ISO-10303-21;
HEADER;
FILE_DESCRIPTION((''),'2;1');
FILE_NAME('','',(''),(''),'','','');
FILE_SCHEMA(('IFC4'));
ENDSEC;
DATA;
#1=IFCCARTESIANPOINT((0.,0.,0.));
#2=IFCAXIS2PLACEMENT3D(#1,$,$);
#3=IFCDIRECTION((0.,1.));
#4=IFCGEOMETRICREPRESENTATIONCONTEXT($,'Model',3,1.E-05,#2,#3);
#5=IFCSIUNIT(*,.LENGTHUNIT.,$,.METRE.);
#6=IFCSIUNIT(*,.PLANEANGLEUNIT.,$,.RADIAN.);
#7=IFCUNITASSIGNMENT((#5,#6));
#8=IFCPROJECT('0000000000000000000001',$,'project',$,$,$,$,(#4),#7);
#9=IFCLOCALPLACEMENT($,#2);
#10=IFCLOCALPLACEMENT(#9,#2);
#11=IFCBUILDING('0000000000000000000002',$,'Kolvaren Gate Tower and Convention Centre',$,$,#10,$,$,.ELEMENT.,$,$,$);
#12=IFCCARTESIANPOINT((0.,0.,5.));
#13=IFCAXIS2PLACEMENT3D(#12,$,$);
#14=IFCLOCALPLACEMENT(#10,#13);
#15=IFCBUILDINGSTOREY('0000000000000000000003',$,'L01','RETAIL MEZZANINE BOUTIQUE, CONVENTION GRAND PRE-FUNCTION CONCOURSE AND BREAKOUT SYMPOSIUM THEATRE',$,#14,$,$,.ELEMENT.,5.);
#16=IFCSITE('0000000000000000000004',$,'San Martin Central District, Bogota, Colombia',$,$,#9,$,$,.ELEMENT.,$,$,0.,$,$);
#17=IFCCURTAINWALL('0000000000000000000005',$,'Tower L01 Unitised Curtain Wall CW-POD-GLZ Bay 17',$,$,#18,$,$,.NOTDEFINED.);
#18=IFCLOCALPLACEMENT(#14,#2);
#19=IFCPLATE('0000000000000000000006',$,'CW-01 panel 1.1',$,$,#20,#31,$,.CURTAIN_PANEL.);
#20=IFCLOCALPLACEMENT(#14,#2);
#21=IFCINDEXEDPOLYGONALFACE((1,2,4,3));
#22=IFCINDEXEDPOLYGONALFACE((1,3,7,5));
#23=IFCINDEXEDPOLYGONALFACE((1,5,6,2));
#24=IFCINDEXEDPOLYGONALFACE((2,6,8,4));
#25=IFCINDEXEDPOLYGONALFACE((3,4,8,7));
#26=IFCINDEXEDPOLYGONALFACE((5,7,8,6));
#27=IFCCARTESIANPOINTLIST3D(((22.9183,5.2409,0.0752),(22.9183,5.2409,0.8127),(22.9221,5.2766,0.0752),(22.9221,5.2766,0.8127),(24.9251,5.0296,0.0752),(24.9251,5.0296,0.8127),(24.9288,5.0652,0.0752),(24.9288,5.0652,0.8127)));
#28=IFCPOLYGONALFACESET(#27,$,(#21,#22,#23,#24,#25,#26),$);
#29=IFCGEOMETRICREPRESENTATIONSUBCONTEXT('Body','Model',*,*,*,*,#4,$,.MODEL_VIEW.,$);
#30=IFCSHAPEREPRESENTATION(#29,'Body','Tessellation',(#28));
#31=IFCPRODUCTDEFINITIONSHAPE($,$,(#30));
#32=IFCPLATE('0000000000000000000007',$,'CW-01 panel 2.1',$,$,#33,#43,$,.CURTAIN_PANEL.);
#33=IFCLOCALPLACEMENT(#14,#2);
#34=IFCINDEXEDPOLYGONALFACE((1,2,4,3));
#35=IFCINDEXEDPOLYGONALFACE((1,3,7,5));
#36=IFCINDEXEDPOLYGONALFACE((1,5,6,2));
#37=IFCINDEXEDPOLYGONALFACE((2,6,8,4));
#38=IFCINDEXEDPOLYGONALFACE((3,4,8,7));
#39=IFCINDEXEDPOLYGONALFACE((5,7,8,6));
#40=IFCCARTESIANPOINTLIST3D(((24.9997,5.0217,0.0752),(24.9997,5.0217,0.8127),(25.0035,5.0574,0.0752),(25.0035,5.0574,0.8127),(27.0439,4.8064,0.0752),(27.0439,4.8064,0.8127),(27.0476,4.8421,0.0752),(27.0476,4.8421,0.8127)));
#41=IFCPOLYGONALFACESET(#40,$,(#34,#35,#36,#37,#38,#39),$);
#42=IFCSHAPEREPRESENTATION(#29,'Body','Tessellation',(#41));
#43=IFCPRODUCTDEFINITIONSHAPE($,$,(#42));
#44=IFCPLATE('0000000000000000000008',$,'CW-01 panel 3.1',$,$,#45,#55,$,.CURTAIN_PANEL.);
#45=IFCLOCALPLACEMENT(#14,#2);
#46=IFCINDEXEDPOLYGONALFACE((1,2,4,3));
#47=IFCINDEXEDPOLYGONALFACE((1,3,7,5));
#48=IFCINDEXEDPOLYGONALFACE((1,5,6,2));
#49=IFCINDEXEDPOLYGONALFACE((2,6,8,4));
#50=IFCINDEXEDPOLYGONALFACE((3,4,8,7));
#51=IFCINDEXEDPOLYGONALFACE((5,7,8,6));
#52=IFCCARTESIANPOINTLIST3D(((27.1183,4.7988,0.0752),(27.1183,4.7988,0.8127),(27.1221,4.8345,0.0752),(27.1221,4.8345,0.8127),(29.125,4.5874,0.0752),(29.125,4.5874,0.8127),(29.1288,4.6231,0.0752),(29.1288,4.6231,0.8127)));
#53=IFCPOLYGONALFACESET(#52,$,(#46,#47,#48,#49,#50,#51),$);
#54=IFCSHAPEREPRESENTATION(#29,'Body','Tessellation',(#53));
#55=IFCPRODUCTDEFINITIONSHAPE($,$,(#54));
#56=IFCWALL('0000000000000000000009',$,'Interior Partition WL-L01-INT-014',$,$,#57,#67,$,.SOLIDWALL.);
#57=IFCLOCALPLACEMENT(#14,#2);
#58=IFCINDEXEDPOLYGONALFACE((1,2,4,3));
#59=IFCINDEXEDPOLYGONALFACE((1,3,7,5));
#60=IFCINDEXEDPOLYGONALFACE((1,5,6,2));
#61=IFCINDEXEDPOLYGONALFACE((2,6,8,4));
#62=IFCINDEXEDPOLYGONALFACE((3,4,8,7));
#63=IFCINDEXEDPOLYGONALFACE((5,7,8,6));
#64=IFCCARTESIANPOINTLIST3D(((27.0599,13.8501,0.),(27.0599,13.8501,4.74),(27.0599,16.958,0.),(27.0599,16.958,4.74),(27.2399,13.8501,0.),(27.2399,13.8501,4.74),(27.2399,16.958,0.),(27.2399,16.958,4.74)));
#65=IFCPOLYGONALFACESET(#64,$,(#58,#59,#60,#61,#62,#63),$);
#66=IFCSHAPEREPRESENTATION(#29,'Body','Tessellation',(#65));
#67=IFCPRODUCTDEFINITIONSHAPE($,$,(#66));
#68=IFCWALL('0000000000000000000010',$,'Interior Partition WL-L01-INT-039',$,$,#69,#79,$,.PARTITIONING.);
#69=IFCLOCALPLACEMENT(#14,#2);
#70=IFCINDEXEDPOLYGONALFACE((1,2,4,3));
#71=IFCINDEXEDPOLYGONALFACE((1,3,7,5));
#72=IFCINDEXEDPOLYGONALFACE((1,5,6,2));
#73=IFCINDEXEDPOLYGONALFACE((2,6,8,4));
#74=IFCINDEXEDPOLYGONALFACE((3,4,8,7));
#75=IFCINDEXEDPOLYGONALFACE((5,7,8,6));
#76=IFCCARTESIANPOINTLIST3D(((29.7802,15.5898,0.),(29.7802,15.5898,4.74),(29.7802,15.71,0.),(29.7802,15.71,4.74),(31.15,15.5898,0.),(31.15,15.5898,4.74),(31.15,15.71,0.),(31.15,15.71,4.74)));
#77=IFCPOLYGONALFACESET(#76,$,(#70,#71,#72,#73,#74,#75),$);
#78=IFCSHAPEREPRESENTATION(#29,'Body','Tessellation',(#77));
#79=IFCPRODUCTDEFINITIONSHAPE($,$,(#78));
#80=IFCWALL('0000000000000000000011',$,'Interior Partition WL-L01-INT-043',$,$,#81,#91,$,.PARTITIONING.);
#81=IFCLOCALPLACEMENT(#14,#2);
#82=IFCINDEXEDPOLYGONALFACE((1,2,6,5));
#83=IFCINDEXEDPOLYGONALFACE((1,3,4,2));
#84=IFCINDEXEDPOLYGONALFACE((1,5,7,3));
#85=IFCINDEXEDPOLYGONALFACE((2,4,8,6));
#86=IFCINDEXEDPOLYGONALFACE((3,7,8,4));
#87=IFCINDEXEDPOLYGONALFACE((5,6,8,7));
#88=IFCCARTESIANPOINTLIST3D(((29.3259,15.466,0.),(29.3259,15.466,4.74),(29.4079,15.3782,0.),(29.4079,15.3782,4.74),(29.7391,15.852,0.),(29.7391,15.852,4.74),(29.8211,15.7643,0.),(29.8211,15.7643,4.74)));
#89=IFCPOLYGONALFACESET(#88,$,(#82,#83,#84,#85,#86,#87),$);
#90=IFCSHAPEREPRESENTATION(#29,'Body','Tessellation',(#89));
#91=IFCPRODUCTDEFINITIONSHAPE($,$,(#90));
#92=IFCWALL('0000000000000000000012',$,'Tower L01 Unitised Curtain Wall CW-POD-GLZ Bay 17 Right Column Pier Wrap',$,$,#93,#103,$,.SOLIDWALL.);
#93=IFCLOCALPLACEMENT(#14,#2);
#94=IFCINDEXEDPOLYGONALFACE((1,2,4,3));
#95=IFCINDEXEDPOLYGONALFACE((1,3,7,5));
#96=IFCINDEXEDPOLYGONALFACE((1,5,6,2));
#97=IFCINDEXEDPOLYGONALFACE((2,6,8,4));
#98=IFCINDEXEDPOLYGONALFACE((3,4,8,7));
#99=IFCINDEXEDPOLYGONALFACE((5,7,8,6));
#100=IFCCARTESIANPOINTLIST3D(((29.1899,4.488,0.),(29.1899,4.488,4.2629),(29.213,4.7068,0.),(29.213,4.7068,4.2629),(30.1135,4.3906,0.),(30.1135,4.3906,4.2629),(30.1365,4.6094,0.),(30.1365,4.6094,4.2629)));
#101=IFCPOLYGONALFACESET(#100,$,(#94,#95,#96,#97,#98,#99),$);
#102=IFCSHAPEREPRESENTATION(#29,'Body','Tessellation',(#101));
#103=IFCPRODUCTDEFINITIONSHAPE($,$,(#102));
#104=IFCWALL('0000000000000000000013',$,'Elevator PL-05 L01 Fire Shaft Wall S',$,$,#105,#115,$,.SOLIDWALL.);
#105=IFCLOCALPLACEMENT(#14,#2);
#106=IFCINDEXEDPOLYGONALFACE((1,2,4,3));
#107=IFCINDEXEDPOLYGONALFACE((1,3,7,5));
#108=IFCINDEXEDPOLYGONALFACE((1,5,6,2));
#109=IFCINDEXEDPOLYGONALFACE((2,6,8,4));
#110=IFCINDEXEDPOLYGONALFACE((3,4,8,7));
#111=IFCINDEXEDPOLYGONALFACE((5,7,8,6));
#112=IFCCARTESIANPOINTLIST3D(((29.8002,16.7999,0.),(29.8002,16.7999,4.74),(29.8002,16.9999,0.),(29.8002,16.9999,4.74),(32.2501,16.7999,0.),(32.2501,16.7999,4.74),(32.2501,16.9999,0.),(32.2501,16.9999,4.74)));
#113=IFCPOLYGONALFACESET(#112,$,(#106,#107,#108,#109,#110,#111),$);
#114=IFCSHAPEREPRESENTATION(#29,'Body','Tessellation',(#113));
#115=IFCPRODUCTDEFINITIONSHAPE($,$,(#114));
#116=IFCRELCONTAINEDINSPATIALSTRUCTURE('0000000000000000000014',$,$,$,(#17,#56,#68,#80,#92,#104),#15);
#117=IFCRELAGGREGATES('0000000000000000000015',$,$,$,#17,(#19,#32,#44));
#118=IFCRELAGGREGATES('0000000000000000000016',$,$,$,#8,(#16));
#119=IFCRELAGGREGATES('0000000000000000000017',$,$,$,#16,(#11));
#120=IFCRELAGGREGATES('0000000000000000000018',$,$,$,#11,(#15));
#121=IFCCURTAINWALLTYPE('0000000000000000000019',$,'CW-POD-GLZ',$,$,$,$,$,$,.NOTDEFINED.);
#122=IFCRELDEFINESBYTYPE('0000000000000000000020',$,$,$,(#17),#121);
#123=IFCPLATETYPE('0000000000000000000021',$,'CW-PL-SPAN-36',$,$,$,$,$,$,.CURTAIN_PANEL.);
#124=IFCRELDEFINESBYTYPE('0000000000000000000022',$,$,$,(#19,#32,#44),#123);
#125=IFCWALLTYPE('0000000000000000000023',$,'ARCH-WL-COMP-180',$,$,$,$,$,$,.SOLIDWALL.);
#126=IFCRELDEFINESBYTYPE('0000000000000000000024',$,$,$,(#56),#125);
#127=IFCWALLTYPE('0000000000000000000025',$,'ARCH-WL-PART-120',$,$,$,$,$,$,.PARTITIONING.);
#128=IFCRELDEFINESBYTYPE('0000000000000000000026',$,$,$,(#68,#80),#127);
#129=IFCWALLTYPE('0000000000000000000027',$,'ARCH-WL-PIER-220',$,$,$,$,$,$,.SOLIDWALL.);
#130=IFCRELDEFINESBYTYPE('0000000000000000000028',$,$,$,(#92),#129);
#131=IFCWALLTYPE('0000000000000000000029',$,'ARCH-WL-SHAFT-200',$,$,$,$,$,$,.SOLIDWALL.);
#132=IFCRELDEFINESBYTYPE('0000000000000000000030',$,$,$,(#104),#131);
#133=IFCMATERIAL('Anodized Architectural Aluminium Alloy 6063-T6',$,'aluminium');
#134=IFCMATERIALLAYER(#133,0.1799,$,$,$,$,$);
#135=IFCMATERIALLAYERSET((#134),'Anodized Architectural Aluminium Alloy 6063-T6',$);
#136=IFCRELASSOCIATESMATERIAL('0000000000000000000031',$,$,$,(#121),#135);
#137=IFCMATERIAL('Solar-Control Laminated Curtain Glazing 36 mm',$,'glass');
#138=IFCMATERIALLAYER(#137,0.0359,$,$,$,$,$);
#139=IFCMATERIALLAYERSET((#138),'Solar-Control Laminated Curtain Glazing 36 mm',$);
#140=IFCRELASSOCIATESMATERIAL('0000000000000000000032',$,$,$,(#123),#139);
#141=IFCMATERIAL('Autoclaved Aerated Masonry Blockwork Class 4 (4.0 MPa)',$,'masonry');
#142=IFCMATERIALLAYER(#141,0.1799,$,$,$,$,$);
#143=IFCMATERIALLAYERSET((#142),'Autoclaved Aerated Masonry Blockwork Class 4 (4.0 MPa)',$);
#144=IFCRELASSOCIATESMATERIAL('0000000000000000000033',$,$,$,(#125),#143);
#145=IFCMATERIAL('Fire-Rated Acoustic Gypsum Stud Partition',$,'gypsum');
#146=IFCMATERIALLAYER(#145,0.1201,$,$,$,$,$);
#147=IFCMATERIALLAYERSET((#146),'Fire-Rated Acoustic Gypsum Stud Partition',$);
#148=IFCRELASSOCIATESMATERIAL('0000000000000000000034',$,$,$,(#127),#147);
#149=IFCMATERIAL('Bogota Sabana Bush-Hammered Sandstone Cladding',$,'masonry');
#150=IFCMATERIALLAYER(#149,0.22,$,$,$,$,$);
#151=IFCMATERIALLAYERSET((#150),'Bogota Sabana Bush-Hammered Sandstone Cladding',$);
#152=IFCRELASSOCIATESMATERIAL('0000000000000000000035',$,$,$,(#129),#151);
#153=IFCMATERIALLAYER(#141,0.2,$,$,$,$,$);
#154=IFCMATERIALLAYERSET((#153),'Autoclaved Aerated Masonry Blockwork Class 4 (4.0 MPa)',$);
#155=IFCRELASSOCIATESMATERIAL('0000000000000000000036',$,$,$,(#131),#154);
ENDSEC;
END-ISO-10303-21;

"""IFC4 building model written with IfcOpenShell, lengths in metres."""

from ifc_helpers import new_model, si_unit, direction, frame, frame_2d, origin, origin_2d, place, context, subcontext, project, spatial, rectangle, extrude, material, layer, layer_set, type_object, element, aggregate, save


model = new_model("IFC4")

# Units and contexts
model_context = context("Model", 3, precision=1e-05, world=origin(), true_north=direction((0.0, 1.0)))
body_context = subcontext(model_context, "Body", "Model", "MODEL_VIEW")
ifc_project = project(units=[si_unit("LENGTHUNIT", "METRE"), si_unit("PLANEANGLEUNIT", "RADIAN")], contexts=[model_context])

# Site, building, storey
site_placement = place(None, origin())
site = spatial("IfcSite", under=ifc_project, at=site_placement, Name="San Martin Central District, Bogota, Colombia", CompositionType="ELEMENT", RefElevation=0.0)
building_placement = place(site_placement, origin())
building = spatial("IfcBuilding", under=site, at=building_placement, Name="Kolvaren Gate Tower and Convention Centre", CompositionType="ELEMENT")
storey_placement = place(building_placement, frame((0.0, 0.0, 5.0)))
storey = spatial("IfcBuildingStorey", under=building, at=storey_placement, Name="L01", Description="RETAIL MEZZANINE BOUTIQUE, CONVENTION GRAND PRE-FUNCTION CONCOURSE AND BREAKOUT SYMPOSIUM THEATRE", CompositionType="ELEMENT", Elevation=5.0)

# Curtain wall
ifc_material_1 = material(Name="Anodized Architectural Aluminium Alloy 6063-T6", Category="aluminium")
ifc_layer_1 = layer(ifc_material_1, 0.1799)
ifc_layer_set_1 = layer_set([ifc_layer_1], Name="Anodized Architectural Aluminium Alloy 6063-T6")
curtain_wall_type = type_object("IfcCurtainWallType", Name="CW-POD-GLZ", PredefinedType="NOTDEFINED", material=ifc_layer_set_1)
curtain_wall_placement = place(storey_placement, origin())
curtain_wall = element("IfcCurtainWall", 1, at=curtain_wall_placement, inside=storey, type_object=curtain_wall_type, Name="Tower L01 Unitised Curtain Wall CW-POD-GLZ Bay 17", PredefinedType="NOTDEFINED")

# Plates
ifc_material_2 = material(Name="Solar-Control Laminated Curtain Glazing 36 mm", Category="glass")
ifc_layer_2 = layer(ifc_material_2, 0.0359)
ifc_layer_set_2 = layer_set([ifc_layer_2], Name="Solar-Control Laminated Curtain Glazing 36 mm")
plate_type_1 = type_object("IfcPlateType", Name="CW-PL-SPAN-36", PredefinedType="CURTAIN_PANEL", material=ifc_layer_set_2)
plate_1_placement = place(storey_placement, frame((23.9236, 5.1531, 0.0752), z_axis=(0.0, 0.0, 1.0), x_axis=(0.994499, -0.104742, 0.0)))
plate_1 = element("IfcPlate", 2, at=plate_1_placement, type_object=plate_type_1, Name="CW-01 panel 1.1", PredefinedType="CURTAIN_PANEL", context=body_context, shape_type="SweptSolid", body=[
    extrude(rectangle(XDim=2.0178, YDim=0.0359, at=origin_2d()), origin(), (0.0, 0.0, 1.0), 0.7375),
])
plate_2_placement = place(storey_placement, frame((26.0237, 4.9319, 0.0752), z_axis=(0.0, 0.0, 1.0), x_axis=(0.994499, -0.104742, 0.0)))
plate_2 = element("IfcPlate", 3, at=plate_2_placement, type_object=plate_type_1, Name="CW-01 panel 2.1", PredefinedType="CURTAIN_PANEL", context=body_context, shape_type="SweptSolid", body=[
    extrude(rectangle(XDim=2.0554, YDim=0.0359, at=origin_2d()), origin(), (0.0, 0.0, 1.0), 0.7375),
])
plate_3_placement = place(storey_placement, frame((28.1235, 4.7109, 0.0752), z_axis=(0.0, 0.0, 1.0), x_axis=(0.994499, -0.104742, 0.0)))
plate_3 = element("IfcPlate", 4, at=plate_3_placement, type_object=plate_type_1, Name="CW-01 panel 3.1", PredefinedType="CURTAIN_PANEL", context=body_context, shape_type="SweptSolid", body=[
    extrude(rectangle(XDim=2.0178, YDim=0.0359, at=origin_2d()), origin(), (0.0, 0.0, 1.0), 0.7375),
])
aggregate(curtain_wall, [plate_1, plate_2, plate_3])

# Walls
ifc_material_3 = material(Name="Autoclaved Aerated Masonry Blockwork Class 4 (4.0 MPa)", Category="masonry")
ifc_layer_3 = layer(ifc_material_3, 0.1799)
ifc_layer_set_3 = layer_set([ifc_layer_3], Name="Autoclaved Aerated Masonry Blockwork Class 4 (4.0 MPa)")
wall_type_1 = type_object("IfcWallType", Name="ARCH-WL-COMP-180", PredefinedType="SOLIDWALL", material=ifc_layer_set_3)
wall_1_placement = place(storey_placement, frame((27.1499, 13.8501, 0.0), z_axis=(0.0, 0.0, 1.0), x_axis=(0.0, 1.0, 0.0)))
element("IfcWall", 5, at=wall_1_placement, inside=storey, type_object=wall_type_1, Name="Interior Partition WL-L01-INT-014", PredefinedType="SOLIDWALL", context=body_context, shape_type="SweptSolid", body=[
    extrude(rectangle(XDim=3.1079, YDim=0.1799, at=frame_2d((1.554, 0.0))), origin(), (0.0, 0.0, 1.0), 4.74),
])
ifc_material_4 = material(Name="Fire-Rated Acoustic Gypsum Stud Partition", Category="gypsum")
ifc_layer_4 = layer(ifc_material_4, 0.1201)
ifc_layer_set_4 = layer_set([ifc_layer_4], Name="Fire-Rated Acoustic Gypsum Stud Partition")
wall_type_2 = type_object("IfcWallType", Name="ARCH-WL-PART-120", PredefinedType="PARTITIONING", material=ifc_layer_set_4)
wall_2_placement = place(storey_placement, frame((29.78, 15.6499, 0.0), z_axis=(0.0, 0.0, 1.0), x_axis=(1.0, 0.0, 0.0)))
element("IfcWall", 6, at=wall_2_placement, inside=storey, type_object=wall_type_2, Name="Interior Partition WL-L01-INT-039", PredefinedType="PARTITIONING", context=body_context, shape_type="SweptSolid", body=[
    extrude(rectangle(XDim=1.3699, YDim=0.1201, at=frame_2d((0.6851, 0.0))), origin(), (0.0, 0.0, 1.0), 4.74),
])
wall_3_placement = place(storey_placement, frame((29.3669, 15.4221, 0.0), z_axis=(0.0, 0.0, 1.0), x_axis=(0.730667, 0.682734, 0.0)))
element("IfcWall", 7, at=wall_3_placement, inside=storey, type_object=wall_type_2, Name="Interior Partition WL-L01-INT-043", PredefinedType="PARTITIONING", context=body_context, shape_type="SweptSolid", body=[
    extrude(rectangle(XDim=0.5654, YDim=0.1201, at=frame_2d((0.2827, 0.0))), origin(), (0.0, 0.0, 1.0), 4.74),
])
ifc_material_5 = material(Name="Bogota Sabana Bush-Hammered Sandstone Cladding", Category="masonry")
ifc_layer_5 = layer(ifc_material_5, 0.22)
ifc_layer_set_5 = layer_set([ifc_layer_5], Name="Bogota Sabana Bush-Hammered Sandstone Cladding")
wall_type_3 = type_object("IfcWallType", Name="ARCH-WL-PIER-220", PredefinedType="SOLIDWALL", material=ifc_layer_set_5)
wall_4_placement = place(storey_placement, frame((29.2014, 4.5974, 0.0), z_axis=(0.0, 0.0, 1.0), x_axis=(0.994484, -0.10489, 0.0)))
element("IfcWall", 8, at=wall_4_placement, inside=storey, type_object=wall_type_3, Name="Tower L01 Unitised Curtain Wall CW-POD-GLZ Bay 17 Right Column Pier Wrap", PredefinedType="SOLIDWALL", context=body_context, shape_type="SweptSolid", body=[
    extrude(rectangle(XDim=0.9287, YDim=0.22, at=frame_2d((0.4644, 0.0))), origin(), (0.0, 0.0, 1.0), 4.2629),
])
ifc_layer_6 = layer(ifc_material_3, 0.2)
ifc_layer_set_6 = layer_set([ifc_layer_6], Name="Autoclaved Aerated Masonry Blockwork Class 4 (4.0 MPa)")
wall_type_4 = type_object("IfcWallType", Name="ARCH-WL-SHAFT-200", PredefinedType="SOLIDWALL", material=ifc_layer_set_6)
wall_5_placement = place(storey_placement, frame((29.8, 16.8999, 0.0), z_axis=(0.0, 0.0, 1.0), x_axis=(1.0, 0.0, 0.0)))
element("IfcWall", 9, at=wall_5_placement, inside=storey, type_object=wall_type_4, Name="Elevator PL-05 L01 Fire Shaft Wall S", PredefinedType="SOLIDWALL", context=body_context, shape_type="SweptSolid", body=[
    extrude(rectangle(XDim=2.45, YDim=0.2, at=frame_2d((1.2251, 0.0))), origin(), (0.0, 0.0, 1.0), 4.74),
])

save(model, "model.ifc")
